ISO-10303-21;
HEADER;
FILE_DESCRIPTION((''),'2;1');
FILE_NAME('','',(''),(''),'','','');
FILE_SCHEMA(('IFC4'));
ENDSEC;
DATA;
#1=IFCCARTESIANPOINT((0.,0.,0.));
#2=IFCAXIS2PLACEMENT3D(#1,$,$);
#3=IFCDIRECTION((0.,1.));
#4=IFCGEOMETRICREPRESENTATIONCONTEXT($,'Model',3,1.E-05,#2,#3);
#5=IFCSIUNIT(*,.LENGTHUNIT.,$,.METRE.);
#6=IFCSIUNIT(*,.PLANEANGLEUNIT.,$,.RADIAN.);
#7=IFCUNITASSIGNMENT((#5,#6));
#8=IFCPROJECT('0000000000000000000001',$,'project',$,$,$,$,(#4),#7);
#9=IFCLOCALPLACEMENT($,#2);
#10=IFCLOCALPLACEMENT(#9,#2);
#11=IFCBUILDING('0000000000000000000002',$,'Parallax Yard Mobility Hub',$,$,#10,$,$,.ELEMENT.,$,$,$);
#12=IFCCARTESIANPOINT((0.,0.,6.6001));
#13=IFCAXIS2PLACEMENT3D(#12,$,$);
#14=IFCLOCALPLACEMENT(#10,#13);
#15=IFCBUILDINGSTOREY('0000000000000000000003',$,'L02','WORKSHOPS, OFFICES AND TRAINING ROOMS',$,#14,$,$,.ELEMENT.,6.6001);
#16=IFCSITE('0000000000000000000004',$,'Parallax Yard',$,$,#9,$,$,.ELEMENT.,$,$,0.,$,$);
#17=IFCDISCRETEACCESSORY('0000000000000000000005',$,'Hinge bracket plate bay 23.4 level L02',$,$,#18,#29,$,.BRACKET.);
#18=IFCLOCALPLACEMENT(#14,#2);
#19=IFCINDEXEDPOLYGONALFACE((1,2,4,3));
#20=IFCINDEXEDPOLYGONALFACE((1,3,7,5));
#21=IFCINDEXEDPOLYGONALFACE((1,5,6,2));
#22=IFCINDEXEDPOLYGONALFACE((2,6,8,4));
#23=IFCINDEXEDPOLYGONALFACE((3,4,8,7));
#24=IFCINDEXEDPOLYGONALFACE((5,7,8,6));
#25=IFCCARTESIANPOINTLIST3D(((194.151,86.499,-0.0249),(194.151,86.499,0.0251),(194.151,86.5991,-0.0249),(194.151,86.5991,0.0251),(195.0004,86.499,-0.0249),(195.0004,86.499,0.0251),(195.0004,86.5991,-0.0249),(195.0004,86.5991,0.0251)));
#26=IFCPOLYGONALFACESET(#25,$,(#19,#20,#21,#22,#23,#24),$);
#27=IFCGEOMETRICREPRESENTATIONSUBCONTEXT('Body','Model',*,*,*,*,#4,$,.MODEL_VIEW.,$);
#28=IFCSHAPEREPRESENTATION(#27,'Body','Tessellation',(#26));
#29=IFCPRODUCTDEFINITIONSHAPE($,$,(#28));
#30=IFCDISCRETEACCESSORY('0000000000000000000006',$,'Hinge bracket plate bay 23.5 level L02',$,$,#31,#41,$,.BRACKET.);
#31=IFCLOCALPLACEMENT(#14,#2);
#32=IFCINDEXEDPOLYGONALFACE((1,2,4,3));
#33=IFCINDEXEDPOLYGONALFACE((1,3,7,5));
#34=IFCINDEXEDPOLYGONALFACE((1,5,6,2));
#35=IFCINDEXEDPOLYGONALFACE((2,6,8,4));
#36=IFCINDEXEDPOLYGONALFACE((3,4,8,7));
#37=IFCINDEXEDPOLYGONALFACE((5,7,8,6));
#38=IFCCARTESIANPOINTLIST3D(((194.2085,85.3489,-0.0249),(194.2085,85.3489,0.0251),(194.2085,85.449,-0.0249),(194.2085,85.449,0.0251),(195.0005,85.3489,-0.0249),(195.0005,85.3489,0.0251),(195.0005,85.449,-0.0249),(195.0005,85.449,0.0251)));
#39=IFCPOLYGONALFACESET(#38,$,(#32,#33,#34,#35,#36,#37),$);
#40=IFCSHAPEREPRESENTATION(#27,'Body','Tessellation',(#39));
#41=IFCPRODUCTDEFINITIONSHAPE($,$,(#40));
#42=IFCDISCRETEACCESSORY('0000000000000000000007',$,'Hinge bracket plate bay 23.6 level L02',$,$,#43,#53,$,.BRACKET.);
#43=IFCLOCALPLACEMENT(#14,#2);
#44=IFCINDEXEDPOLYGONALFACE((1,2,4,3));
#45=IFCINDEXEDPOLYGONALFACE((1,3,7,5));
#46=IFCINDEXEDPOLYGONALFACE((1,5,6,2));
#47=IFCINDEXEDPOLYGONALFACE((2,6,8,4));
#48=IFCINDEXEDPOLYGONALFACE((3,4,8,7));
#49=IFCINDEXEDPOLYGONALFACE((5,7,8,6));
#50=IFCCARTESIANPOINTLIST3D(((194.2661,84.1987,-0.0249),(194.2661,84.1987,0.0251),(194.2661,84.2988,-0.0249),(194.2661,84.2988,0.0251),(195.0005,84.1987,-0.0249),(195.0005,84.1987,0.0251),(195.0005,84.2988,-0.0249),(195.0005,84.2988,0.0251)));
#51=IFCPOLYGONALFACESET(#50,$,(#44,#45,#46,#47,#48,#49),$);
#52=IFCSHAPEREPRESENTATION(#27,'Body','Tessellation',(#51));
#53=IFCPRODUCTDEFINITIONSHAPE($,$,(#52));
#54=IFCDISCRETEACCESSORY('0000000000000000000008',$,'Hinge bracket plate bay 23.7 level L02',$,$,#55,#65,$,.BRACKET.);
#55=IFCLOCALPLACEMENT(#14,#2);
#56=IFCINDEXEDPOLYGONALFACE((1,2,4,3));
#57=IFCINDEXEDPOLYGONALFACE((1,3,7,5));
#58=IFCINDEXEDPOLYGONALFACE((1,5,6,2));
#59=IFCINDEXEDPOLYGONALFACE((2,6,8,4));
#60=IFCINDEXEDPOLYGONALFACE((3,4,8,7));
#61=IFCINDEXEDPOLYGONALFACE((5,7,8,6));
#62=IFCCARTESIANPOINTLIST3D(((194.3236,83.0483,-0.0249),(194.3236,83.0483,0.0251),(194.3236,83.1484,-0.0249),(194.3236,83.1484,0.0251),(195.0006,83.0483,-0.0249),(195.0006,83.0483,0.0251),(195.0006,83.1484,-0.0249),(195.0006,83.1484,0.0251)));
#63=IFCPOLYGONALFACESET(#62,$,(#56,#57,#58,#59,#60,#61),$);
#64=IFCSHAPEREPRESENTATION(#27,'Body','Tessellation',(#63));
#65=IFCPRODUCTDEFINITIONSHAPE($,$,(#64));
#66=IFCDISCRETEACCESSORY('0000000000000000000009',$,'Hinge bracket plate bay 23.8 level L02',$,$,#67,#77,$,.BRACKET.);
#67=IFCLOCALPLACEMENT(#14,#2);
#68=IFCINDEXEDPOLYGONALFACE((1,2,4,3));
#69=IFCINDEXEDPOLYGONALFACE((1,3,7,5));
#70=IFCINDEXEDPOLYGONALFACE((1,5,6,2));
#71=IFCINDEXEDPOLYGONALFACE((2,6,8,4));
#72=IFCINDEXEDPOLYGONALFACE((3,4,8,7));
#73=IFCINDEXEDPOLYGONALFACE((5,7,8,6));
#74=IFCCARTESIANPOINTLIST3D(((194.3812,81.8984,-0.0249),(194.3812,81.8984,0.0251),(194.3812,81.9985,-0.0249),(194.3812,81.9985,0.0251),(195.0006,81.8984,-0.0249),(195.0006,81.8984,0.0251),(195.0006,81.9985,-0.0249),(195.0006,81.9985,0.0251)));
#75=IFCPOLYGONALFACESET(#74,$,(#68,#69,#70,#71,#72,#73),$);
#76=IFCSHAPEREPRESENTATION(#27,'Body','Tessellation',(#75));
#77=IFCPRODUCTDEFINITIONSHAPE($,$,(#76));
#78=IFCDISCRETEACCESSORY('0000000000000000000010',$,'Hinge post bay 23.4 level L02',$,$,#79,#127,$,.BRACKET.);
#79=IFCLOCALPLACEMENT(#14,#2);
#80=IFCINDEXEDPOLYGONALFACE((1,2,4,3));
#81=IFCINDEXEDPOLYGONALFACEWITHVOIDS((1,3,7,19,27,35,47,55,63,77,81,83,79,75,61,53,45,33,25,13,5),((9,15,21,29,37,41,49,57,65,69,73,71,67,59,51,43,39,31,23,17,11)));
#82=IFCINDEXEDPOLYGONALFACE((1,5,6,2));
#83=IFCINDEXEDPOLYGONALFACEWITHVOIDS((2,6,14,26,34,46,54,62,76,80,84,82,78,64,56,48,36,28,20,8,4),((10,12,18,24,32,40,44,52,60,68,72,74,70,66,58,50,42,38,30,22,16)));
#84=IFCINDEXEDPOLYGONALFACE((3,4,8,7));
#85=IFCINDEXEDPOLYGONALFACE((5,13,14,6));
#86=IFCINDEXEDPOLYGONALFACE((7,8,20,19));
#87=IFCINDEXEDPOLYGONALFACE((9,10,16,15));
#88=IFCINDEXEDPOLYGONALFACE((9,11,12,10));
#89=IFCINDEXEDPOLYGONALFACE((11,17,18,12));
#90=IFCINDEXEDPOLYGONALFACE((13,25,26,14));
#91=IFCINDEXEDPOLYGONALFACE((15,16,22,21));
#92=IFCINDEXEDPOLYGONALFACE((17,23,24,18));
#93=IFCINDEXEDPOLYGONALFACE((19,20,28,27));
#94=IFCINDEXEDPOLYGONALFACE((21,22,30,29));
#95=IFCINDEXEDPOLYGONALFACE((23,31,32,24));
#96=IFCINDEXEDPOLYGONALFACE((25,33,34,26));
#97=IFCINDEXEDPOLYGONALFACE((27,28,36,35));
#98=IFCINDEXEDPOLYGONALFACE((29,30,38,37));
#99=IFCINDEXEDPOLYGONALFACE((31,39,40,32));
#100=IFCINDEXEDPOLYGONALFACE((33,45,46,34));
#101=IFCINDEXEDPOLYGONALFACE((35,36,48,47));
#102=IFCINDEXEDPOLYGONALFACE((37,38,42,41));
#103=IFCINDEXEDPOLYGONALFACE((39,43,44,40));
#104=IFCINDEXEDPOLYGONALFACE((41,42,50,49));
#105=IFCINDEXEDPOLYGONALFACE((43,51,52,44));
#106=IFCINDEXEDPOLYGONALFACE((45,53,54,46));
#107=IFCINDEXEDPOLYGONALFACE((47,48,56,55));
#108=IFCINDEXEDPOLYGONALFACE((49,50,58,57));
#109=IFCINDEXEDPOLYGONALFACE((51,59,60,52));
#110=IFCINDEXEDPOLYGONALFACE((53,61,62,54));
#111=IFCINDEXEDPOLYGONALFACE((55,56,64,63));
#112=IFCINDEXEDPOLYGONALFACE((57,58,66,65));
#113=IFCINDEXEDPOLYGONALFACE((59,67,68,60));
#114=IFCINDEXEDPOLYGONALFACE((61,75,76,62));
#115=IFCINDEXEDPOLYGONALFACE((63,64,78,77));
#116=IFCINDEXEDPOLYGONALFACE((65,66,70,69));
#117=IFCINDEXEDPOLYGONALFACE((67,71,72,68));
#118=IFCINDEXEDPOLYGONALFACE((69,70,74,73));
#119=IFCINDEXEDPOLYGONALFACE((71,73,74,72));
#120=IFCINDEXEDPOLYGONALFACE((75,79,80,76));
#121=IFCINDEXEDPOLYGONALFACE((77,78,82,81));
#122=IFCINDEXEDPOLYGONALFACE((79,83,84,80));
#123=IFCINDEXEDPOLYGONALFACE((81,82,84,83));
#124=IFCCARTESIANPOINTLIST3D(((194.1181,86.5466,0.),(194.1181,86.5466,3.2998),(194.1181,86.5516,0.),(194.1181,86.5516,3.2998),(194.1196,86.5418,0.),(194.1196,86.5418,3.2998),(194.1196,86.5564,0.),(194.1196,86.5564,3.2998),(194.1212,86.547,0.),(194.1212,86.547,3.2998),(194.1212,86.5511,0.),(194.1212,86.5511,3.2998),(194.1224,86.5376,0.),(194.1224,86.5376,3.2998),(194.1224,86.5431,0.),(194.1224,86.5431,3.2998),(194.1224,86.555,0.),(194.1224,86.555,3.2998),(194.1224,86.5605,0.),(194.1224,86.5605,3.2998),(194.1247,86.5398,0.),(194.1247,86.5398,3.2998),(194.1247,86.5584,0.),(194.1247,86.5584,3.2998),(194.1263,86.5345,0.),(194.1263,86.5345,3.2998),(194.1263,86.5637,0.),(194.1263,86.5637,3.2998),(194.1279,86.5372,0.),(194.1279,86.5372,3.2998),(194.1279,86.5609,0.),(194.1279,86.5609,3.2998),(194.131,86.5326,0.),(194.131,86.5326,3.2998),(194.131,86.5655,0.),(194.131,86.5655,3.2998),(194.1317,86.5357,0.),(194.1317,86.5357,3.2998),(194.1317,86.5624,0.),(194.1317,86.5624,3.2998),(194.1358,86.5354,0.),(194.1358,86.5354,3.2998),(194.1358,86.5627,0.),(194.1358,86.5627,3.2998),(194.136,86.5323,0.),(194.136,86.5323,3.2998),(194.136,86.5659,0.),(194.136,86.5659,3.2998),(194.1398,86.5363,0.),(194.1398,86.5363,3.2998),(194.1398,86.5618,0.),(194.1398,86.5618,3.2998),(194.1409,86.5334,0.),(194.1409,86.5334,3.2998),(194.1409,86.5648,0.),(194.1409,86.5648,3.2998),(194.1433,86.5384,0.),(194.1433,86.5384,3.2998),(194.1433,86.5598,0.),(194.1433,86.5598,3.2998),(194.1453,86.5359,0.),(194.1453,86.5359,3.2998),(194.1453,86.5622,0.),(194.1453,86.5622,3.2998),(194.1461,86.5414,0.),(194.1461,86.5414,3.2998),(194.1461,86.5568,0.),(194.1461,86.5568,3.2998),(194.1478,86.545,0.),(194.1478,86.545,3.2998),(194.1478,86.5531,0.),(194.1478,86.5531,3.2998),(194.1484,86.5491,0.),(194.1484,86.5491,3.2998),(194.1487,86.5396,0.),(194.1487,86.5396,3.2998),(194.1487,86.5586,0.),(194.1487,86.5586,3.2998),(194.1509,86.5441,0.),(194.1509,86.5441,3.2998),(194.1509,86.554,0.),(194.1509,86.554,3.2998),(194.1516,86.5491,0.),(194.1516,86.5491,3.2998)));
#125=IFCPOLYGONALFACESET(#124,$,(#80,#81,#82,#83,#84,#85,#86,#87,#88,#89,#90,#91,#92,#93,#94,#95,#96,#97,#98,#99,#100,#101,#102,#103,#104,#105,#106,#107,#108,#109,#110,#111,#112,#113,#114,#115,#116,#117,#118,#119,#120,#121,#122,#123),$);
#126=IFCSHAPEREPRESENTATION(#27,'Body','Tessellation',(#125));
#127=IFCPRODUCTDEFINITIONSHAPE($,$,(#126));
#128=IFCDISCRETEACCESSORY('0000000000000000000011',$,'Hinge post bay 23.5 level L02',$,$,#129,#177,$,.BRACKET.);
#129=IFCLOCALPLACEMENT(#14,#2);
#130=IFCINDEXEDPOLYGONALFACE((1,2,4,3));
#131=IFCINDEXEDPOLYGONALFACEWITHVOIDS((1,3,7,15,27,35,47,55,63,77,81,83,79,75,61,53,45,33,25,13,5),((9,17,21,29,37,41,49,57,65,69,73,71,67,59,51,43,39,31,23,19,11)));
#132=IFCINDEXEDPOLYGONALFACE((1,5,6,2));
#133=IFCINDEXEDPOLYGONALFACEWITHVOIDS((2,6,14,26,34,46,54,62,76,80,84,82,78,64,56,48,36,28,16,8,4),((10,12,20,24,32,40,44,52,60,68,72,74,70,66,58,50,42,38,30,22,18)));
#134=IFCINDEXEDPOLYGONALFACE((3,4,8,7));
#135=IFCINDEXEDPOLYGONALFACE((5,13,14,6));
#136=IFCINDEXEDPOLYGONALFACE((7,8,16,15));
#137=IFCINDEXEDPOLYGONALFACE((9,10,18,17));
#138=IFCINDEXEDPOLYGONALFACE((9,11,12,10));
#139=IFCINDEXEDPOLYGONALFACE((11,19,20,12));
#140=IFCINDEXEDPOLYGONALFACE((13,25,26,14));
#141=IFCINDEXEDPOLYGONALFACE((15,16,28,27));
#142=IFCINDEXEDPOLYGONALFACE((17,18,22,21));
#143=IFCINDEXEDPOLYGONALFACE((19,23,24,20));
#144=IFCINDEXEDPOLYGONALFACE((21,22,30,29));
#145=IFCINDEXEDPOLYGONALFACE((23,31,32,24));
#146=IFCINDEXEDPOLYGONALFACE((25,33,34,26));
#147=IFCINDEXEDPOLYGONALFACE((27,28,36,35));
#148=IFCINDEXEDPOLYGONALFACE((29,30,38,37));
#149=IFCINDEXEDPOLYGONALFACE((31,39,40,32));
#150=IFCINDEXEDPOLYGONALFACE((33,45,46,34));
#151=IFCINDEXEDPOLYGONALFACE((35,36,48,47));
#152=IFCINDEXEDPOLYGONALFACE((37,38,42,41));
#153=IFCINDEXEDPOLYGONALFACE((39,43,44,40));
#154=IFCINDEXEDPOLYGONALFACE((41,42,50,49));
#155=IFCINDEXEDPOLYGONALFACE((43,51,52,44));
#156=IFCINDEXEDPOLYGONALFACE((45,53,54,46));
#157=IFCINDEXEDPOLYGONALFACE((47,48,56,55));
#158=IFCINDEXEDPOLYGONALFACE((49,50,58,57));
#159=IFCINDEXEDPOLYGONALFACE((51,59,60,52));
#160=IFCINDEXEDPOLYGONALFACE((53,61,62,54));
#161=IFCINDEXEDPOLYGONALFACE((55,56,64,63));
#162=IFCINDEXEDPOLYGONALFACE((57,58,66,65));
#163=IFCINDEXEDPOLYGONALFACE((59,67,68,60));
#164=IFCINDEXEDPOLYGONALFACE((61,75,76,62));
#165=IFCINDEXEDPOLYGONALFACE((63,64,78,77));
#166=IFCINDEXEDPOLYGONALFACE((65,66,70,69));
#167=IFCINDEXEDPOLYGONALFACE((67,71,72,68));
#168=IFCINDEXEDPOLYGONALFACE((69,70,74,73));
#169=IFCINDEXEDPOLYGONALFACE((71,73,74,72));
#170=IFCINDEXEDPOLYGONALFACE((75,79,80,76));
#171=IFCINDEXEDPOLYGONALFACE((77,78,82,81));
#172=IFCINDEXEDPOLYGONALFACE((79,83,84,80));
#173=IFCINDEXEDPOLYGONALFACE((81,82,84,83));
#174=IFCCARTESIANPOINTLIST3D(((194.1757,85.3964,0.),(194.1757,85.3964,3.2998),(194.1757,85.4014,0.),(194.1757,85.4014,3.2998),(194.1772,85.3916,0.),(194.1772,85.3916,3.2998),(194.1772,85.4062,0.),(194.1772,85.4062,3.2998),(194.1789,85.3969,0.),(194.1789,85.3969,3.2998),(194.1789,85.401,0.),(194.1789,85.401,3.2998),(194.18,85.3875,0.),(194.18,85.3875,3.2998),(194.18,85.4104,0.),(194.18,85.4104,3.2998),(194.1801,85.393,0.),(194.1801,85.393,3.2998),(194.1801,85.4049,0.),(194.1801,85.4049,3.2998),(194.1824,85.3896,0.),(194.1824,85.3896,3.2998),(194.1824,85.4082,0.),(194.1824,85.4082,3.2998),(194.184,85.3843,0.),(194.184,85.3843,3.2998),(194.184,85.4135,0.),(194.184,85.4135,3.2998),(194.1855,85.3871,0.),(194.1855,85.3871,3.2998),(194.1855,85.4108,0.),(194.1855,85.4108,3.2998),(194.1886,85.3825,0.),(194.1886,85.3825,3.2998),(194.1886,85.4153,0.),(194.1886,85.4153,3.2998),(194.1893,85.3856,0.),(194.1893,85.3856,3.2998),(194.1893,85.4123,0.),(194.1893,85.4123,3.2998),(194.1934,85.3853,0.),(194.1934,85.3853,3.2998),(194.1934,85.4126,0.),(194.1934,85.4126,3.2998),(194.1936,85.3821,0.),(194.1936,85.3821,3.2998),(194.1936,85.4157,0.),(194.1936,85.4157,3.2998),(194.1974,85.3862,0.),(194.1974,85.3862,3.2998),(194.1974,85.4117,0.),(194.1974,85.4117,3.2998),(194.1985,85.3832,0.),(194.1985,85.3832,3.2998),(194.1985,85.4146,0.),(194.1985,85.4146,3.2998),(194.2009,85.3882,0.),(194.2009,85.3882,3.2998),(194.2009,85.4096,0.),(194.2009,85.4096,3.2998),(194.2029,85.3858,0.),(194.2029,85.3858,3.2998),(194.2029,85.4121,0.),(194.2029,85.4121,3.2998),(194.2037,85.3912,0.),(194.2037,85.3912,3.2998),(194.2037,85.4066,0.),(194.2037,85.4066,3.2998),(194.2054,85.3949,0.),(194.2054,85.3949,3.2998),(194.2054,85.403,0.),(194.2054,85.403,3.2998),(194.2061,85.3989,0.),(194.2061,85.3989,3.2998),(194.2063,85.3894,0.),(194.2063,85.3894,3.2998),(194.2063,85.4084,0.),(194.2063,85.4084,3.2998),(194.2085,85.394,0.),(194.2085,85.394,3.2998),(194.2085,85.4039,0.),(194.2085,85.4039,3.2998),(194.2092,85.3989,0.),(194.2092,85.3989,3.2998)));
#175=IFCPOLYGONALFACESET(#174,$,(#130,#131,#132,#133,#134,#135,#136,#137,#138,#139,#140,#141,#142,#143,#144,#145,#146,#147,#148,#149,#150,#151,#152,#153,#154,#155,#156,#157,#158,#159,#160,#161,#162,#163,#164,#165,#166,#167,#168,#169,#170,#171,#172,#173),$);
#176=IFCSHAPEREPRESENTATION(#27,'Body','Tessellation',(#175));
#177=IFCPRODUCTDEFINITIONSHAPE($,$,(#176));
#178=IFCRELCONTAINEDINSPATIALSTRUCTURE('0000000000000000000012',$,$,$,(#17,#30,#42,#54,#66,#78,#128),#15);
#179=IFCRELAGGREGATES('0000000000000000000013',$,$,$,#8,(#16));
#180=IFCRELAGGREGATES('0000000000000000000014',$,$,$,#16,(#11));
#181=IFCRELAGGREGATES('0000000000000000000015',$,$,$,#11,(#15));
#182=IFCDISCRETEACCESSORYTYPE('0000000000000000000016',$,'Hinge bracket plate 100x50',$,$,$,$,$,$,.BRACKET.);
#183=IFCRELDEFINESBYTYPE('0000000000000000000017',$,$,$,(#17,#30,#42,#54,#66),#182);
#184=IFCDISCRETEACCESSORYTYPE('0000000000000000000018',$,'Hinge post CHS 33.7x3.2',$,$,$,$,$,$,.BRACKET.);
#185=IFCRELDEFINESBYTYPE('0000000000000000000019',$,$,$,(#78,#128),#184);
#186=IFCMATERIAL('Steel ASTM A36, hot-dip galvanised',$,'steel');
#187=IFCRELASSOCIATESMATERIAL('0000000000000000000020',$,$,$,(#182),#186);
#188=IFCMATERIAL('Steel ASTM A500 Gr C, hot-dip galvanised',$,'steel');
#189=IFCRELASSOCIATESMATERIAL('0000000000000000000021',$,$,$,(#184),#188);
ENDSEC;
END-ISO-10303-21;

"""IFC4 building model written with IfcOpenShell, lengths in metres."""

from ifc_helpers import new_model, si_unit, direction, frame, origin, origin_2d, place, context, subcontext, project, spatial, rectangle, hollow_circle, extrude, material, material_profile, profile_set, type_object, element, save


model = new_model("IFC4")

# Units and contexts
model_context = context("Model", 3, precision=1e-05, world=origin(), true_north=direction((0.0, 1.0)))
body_context = subcontext(model_context, "Body", "Model", "MODEL_VIEW")
ifc_project = project(units=[si_unit("LENGTHUNIT", "METRE"), si_unit("PLANEANGLEUNIT", "RADIAN")], contexts=[model_context])

# Site, building, storey
site_placement = place(None, origin())
site = spatial("IfcSite", under=ifc_project, at=site_placement, Name="Parallax Yard", CompositionType="ELEMENT", RefElevation=0.0)
building_placement = place(site_placement, origin())
building = spatial("IfcBuilding", under=site, at=building_placement, Name="Parallax Yard Mobility Hub", CompositionType="ELEMENT")
storey_placement = place(building_placement, frame((0.0, 0.0, 6.6001)))
storey = spatial("IfcBuildingStorey", under=building, at=storey_placement, Name="L02", Description="WORKSHOPS, OFFICES AND TRAINING ROOMS", CompositionType="ELEMENT", Elevation=6.6001)

# Discrete accessories
ifc_material_1 = material(Name="Steel ASTM A36, hot-dip galvanised", Category="steel")
discrete_accessory_type_1 = type_object("IfcDiscreteAccessoryType", Name="Hinge bracket plate 100x50", PredefinedType="BRACKET", material=ifc_material_1)
discrete_accessory_1_placement = place(storey_placement, frame((194.5757, 86.5491, -0.0249), z_axis=(0.0, 0.0, 1.0), x_axis=(-1.0, 0.0, 0.0)))
element("IfcDiscreteAccessory", 1, at=discrete_accessory_1_placement, inside=storey, type_object=discrete_accessory_type_1, Name="Hinge bracket plate bay 23.4 level L02", PredefinedType="BRACKET", context=body_context, shape_type="SweptSolid", body=[
    extrude(rectangle(XDim=0.8494, YDim=0.1001, at=origin_2d()), origin(), (0.0, 0.0, 1.0), 0.05),
])
discrete_accessory_2_placement = place(storey_placement, frame((194.6045, 85.3989, -0.0249), z_axis=(0.0, 0.0, 1.0), x_axis=(-1.0, 0.0, 0.0)))
element("IfcDiscreteAccessory", 2, at=discrete_accessory_2_placement, inside=storey, type_object=discrete_accessory_type_1, Name="Hinge bracket plate bay 23.5 level L02", PredefinedType="BRACKET", context=body_context, shape_type="SweptSolid", body=[
    extrude(rectangle(XDim=0.792, YDim=0.1001, at=origin_2d()), origin(), (0.0, 0.0, 1.0), 0.05),
])
discrete_accessory_3_placement = place(storey_placement, frame((194.6333, 84.2488, -0.0249), z_axis=(0.0, 0.0, 1.0), x_axis=(-1.0, 0.0, 0.0)))
element("IfcDiscreteAccessory", 3, at=discrete_accessory_3_placement, inside=storey, type_object=discrete_accessory_type_1, Name="Hinge bracket plate bay 23.6 level L02", PredefinedType="BRACKET", context=body_context, shape_type="SweptSolid", body=[
    extrude(rectangle(XDim=0.7344, YDim=0.1001, at=origin_2d()), origin(), (0.0, 0.0, 1.0), 0.05),
])
discrete_accessory_4_placement = place(storey_placement, frame((194.6621, 83.0984, -0.0249), z_axis=(0.0, 0.0, 1.0), x_axis=(-1.0, 0.0, 0.0)))
element("IfcDiscreteAccessory", 4, at=discrete_accessory_4_placement, inside=storey, type_object=discrete_accessory_type_1, Name="Hinge bracket plate bay 23.7 level L02", PredefinedType="BRACKET", context=body_context, shape_type="SweptSolid", body=[
    extrude(rectangle(XDim=0.677, YDim=0.1001, at=origin_2d()), origin(), (0.0, 0.0, 1.0), 0.05),
])
discrete_accessory_5_placement = place(storey_placement, frame((194.6909, 81.9485, -0.0249), z_axis=(0.0, 0.0, 1.0), x_axis=(-1.0, 0.0, 0.0)))
element("IfcDiscreteAccessory", 5, at=discrete_accessory_5_placement, inside=storey, type_object=discrete_accessory_type_1, Name="Hinge bracket plate bay 23.8 level L02", PredefinedType="BRACKET", context=body_context, shape_type="SweptSolid", body=[
    extrude(rectangle(XDim=0.6194, YDim=0.1001, at=origin_2d()), origin(), (0.0, 0.0, 1.0), 0.05),
])
ifc_material_2 = material(Name="Steel ASTM A500 Gr C, hot-dip galvanised", Category="steel")
ifc_material_profile = material_profile(ifc_material_2, hollow_circle(Radius=0.0168, WallThickness=0.0032, at=origin_2d()), Name="CHS 33.7x3.2")
ifc_profile_set = profile_set([ifc_material_profile], Name="Steel ASTM A500 Gr C, hot-dip galvanised")
discrete_accessory_type_2 = type_object("IfcDiscreteAccessoryType", Name="Hinge post CHS 33.7x3.2", PredefinedType="BRACKET", material=ifc_profile_set)
for number, where, z_axis, x_axis, name in (
    (6, (194.1348, 86.5491, 0.0), (0.0, 0.0, 1.0), (1.0, 0.0, 0.0), "Hinge post bay 23.4 level L02"),
    (7, (194.1924, 85.3989, 0.0), (0.0, 0.0, 1.0), (1.0, 0.0, 0.0), "Hinge post bay 23.5 level L02"),
):
    element("IfcDiscreteAccessory", number, at=place(storey_placement, frame(where, z_axis=z_axis, x_axis=x_axis)), inside=storey, type_object=discrete_accessory_type_2, Name=name, PredefinedType="BRACKET", context=body_context, shape_type="SweptSolid", body=[
        extrude(hollow_circle(Radius=0.0168, WallThickness=0.0032, at=origin_2d()), origin(), (0.0, 0.0, 1.0), 3.2998),
    ])

save(model, "model.ifc")
